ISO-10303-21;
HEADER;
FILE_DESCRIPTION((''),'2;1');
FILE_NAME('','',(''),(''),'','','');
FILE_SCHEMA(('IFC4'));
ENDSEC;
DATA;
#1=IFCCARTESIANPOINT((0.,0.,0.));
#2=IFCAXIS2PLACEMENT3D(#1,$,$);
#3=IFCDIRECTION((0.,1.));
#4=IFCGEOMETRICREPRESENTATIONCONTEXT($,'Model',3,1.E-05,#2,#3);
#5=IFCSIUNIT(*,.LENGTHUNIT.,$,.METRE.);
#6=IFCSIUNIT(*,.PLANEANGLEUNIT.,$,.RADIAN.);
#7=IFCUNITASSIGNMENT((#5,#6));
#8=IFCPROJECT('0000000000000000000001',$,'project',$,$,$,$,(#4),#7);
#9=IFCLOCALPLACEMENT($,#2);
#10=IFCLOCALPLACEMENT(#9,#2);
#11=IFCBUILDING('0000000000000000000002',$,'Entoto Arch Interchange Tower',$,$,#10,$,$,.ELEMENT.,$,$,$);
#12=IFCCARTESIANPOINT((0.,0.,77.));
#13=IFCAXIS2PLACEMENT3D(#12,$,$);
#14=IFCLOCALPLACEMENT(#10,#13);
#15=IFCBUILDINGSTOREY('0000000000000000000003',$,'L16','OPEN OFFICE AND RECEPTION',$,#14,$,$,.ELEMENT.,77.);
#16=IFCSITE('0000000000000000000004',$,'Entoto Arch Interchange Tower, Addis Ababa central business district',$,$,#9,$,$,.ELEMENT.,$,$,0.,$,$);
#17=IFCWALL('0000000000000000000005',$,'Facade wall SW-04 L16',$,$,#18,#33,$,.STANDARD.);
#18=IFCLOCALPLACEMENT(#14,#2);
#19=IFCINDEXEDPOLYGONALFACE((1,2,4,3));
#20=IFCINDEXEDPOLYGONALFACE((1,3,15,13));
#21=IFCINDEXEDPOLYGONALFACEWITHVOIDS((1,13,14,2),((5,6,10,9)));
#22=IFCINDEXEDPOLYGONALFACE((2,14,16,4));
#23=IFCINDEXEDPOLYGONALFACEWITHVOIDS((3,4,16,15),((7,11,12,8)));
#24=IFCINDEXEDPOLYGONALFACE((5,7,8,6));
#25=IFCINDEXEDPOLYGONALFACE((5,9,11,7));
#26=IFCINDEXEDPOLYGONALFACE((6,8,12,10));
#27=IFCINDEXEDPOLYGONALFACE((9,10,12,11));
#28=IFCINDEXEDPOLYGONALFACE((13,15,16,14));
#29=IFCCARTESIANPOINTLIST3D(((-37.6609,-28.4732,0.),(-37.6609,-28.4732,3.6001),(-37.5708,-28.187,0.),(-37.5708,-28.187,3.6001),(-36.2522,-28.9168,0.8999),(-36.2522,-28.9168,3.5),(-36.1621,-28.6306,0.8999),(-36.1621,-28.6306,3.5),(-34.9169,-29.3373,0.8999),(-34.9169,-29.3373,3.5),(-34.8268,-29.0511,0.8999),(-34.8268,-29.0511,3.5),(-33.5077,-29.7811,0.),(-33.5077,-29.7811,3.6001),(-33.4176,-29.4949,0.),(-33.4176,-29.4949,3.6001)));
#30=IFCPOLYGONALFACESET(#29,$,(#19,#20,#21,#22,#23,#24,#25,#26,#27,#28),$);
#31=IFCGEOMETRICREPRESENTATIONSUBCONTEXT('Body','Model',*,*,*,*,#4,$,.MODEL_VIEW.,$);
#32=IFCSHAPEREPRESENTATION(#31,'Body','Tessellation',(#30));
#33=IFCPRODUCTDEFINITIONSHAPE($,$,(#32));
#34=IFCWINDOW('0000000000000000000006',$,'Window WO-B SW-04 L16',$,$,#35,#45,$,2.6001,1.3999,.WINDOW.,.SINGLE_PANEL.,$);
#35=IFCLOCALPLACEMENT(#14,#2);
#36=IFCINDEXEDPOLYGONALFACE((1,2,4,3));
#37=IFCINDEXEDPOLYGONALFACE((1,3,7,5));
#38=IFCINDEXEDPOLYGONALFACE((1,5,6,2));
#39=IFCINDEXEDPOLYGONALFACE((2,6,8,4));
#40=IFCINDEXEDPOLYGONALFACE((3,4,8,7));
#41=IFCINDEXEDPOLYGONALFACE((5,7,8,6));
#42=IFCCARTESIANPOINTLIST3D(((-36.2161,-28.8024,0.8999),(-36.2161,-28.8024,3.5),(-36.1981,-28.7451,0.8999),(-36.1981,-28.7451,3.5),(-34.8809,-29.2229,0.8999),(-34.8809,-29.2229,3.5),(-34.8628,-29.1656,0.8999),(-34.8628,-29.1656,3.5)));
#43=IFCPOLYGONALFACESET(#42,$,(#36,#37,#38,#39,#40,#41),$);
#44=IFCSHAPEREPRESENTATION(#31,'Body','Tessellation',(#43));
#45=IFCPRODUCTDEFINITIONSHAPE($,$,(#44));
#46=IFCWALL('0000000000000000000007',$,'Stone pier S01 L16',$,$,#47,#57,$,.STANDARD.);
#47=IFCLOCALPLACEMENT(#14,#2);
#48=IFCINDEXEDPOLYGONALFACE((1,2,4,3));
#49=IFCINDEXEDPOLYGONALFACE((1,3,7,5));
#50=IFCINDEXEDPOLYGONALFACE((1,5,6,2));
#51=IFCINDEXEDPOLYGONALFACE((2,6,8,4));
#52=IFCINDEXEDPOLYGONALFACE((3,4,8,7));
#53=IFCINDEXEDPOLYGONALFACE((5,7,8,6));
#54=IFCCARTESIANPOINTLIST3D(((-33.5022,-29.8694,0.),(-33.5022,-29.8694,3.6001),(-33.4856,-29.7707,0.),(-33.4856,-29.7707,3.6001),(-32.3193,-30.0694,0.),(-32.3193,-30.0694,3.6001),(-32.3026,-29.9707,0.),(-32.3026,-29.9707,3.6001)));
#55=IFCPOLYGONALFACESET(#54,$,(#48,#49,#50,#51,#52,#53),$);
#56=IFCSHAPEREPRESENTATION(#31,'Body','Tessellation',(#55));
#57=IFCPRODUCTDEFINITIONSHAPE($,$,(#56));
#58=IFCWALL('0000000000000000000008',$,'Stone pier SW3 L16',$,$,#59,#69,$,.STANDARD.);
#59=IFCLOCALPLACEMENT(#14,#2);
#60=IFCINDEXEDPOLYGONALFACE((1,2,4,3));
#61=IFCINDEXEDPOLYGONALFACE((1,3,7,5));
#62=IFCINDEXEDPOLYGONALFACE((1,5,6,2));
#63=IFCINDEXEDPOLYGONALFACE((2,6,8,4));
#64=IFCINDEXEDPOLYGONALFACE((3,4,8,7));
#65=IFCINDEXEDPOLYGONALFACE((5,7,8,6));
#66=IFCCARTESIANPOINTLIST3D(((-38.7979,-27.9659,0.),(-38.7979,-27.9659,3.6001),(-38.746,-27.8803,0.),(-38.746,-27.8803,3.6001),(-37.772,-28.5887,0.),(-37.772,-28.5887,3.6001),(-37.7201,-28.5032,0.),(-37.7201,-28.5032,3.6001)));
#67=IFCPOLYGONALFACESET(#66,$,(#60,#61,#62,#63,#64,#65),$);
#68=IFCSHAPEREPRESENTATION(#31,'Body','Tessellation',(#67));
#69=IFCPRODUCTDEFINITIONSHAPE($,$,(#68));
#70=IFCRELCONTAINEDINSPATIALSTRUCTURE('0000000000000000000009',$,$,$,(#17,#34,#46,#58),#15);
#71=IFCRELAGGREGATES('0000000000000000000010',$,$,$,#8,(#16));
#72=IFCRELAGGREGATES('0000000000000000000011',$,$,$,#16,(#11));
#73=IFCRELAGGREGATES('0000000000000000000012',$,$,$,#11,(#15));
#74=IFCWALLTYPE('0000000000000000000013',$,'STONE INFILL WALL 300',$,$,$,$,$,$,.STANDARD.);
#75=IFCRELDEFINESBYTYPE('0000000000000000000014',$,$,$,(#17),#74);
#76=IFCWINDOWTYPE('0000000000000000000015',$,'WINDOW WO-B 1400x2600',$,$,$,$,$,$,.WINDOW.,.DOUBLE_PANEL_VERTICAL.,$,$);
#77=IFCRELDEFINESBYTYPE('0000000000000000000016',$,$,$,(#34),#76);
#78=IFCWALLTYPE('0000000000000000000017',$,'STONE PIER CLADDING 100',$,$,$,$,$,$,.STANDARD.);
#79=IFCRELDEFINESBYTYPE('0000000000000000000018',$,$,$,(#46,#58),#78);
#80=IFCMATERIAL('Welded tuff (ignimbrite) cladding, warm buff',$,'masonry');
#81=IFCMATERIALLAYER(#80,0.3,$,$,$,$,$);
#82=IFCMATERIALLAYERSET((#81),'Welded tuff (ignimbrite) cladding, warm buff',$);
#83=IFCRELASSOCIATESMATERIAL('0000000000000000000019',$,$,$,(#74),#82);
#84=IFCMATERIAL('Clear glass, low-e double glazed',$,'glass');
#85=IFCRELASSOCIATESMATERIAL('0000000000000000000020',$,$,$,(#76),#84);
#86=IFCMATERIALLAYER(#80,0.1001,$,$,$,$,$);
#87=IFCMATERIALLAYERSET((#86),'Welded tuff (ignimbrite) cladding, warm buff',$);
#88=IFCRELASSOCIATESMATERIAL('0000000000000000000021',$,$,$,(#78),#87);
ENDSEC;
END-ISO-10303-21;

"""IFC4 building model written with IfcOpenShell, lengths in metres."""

from ifc_helpers import new_model, si_unit, direction, frame, frame_2d, origin, place, context, subcontext, project, spatial, rectangle, extrude, material, layer, layer_set, type_object, element, fill, save


model = new_model("IFC4")

# Units and contexts
model_context = context("Model", 3, precision=1e-05, world=origin(), true_north=direction((0.0, 1.0)))
body_context = subcontext(model_context, "Body", "Model", "MODEL_VIEW")
ifc_project = project(units=[si_unit("LENGTHUNIT", "METRE"), si_unit("PLANEANGLEUNIT", "RADIAN")], contexts=[model_context])

# Site, building, storey
site_placement = place(None, origin())
site = spatial("IfcSite", under=ifc_project, at=site_placement, Name="Entoto Arch Interchange Tower, Addis Ababa central business district", CompositionType="ELEMENT", RefElevation=0.0)
building_placement = place(site_placement, origin())
building = spatial("IfcBuilding", under=site, at=building_placement, Name="Entoto Arch Interchange Tower", CompositionType="ELEMENT")
storey_placement = place(building_placement, frame((0.0, 0.0, 77.0)))
storey = spatial("IfcBuildingStorey", under=building, at=storey_placement, Name="L16", Description="OPEN OFFICE AND RECEPTION", CompositionType="ELEMENT", Elevation=77.0)

# Wall, opening, window
ifc_material_1 = material(Name="Welded tuff (ignimbrite) cladding, warm buff", Category="masonry")
ifc_layer_1 = layer(ifc_material_1, 0.3)
ifc_layer_set_1 = layer_set([ifc_layer_1], Name="Welded tuff (ignimbrite) cladding, warm buff")
wall_type_1 = type_object("IfcWallType", Name="STONE INFILL WALL 300", PredefinedType="STANDARD", material=ifc_layer_set_1)
ifc_material_2 = material(Name="Clear glass, low-e double glazed", Category="glass")
window_type = type_object("IfcWindowType", Name="WINDOW WO-B 1400x2600", PartitioningType="DOUBLE_PANEL_VERTICAL", PredefinedType="WINDOW", material=ifc_material_2)
wall_1_placement = place(storey_placement, frame((-37.616, -28.3301, 0.0), z_axis=(0.0, 0.0, 1.0), x_axis=(0.953822, -0.300372, 0.0)))
wall_1 = element("IfcWall", 1, at=wall_1_placement, inside=storey, type_object=wall_type_1, Name="Facade wall SW-04 L16", PredefinedType="STANDARD", context=body_context, shape_type="SweptSolid", body=[
    extrude(rectangle(XDim=4.3542, YDim=0.3, at=frame_2d((2.1772, 0.0))), origin(), (0.0, 0.0, 1.0), 3.6001),
])
opening_1_placement = place(wall_1_placement, frame((1.4771, 0.0, 0.8999)))
opening_1 = element("IfcOpeningElement", 2, at=opening_1_placement, cuts=wall_1, PredefinedType="OPENING", context=body_context, shape_type="SweptSolid", body=[
    extrude(rectangle(XDim=1.3999, YDim=2.6001, at=frame_2d((0.7, 1.3))), frame((0.0, 0.1602, 0.0), z_axis=(0.0, -1.0, 0.0), x_axis=(1.0, 0.0, 0.0)), (0.0, 0.0, 1.0), 0.3201),
])
window_1_placement = place(opening_1_placement, origin())
window_1 = element("IfcWindow", 3, at=window_1_placement, inside=storey, type_object=window_type, Name="Window WO-B SW-04 L16", OverallHeight=2.6001, OverallWidth=1.3999, PartitioningType="SINGLE_PANEL", PredefinedType="WINDOW", context=body_context, shape_type="SweptSolid", body=[
    extrude(rectangle(XDim=1.3999, YDim=2.6001, at=frame_2d((0.7, 1.3))), frame((0.0, 0.03, 0.0), z_axis=(0.0, -1.0, 0.0), x_axis=(1.0, 0.0, 0.0)), (0.0, 0.0, 1.0), 0.0601),
])
fill(opening_1, window_1)

# Walls
ifc_layer_2 = layer(ifc_material_1, 0.1001)
ifc_layer_set_2 = layer_set([ifc_layer_2], Name="Welded tuff (ignimbrite) cladding, warm buff")
wall_type_2 = type_object("IfcWallType", Name="STONE PIER CLADDING 100", PredefinedType="STANDARD", material=ifc_layer_set_2)
wall_2_placement = place(storey_placement, frame((-33.4939, -29.8201, 0.0), z_axis=(0.0, 0.0, 1.0), x_axis=(0.986012, -0.166676, 0.0)))
element("IfcWall", 4, at=wall_2_placement, inside=storey, type_object=wall_type_2, Name="Stone pier S01 L16", PredefinedType="STANDARD", context=body_context, shape_type="SweptSolid", body=[
    extrude(rectangle(XDim=1.1997, YDim=0.1001, at=frame_2d((0.5999, 0.0))), origin(), (0.0, 0.0, 1.0), 3.6001),
])
wall_3_placement = place(storey_placement, frame((-38.772, -27.9231, 0.0), z_axis=(0.0, 0.0, 1.0), x_axis=(0.854807, -0.518946, 0.0)))
element("IfcWall", 5, at=wall_3_placement, inside=storey, type_object=wall_type_2, Name="Stone pier SW3 L16", PredefinedType="STANDARD", context=body_context, shape_type="SweptSolid", body=[
    extrude(rectangle(XDim=1.2002, YDim=0.1001, at=frame_2d((0.6001, 0.0))), origin(), (0.0, 0.0, 1.0), 3.6001),
])

save(model, "model.ifc")
